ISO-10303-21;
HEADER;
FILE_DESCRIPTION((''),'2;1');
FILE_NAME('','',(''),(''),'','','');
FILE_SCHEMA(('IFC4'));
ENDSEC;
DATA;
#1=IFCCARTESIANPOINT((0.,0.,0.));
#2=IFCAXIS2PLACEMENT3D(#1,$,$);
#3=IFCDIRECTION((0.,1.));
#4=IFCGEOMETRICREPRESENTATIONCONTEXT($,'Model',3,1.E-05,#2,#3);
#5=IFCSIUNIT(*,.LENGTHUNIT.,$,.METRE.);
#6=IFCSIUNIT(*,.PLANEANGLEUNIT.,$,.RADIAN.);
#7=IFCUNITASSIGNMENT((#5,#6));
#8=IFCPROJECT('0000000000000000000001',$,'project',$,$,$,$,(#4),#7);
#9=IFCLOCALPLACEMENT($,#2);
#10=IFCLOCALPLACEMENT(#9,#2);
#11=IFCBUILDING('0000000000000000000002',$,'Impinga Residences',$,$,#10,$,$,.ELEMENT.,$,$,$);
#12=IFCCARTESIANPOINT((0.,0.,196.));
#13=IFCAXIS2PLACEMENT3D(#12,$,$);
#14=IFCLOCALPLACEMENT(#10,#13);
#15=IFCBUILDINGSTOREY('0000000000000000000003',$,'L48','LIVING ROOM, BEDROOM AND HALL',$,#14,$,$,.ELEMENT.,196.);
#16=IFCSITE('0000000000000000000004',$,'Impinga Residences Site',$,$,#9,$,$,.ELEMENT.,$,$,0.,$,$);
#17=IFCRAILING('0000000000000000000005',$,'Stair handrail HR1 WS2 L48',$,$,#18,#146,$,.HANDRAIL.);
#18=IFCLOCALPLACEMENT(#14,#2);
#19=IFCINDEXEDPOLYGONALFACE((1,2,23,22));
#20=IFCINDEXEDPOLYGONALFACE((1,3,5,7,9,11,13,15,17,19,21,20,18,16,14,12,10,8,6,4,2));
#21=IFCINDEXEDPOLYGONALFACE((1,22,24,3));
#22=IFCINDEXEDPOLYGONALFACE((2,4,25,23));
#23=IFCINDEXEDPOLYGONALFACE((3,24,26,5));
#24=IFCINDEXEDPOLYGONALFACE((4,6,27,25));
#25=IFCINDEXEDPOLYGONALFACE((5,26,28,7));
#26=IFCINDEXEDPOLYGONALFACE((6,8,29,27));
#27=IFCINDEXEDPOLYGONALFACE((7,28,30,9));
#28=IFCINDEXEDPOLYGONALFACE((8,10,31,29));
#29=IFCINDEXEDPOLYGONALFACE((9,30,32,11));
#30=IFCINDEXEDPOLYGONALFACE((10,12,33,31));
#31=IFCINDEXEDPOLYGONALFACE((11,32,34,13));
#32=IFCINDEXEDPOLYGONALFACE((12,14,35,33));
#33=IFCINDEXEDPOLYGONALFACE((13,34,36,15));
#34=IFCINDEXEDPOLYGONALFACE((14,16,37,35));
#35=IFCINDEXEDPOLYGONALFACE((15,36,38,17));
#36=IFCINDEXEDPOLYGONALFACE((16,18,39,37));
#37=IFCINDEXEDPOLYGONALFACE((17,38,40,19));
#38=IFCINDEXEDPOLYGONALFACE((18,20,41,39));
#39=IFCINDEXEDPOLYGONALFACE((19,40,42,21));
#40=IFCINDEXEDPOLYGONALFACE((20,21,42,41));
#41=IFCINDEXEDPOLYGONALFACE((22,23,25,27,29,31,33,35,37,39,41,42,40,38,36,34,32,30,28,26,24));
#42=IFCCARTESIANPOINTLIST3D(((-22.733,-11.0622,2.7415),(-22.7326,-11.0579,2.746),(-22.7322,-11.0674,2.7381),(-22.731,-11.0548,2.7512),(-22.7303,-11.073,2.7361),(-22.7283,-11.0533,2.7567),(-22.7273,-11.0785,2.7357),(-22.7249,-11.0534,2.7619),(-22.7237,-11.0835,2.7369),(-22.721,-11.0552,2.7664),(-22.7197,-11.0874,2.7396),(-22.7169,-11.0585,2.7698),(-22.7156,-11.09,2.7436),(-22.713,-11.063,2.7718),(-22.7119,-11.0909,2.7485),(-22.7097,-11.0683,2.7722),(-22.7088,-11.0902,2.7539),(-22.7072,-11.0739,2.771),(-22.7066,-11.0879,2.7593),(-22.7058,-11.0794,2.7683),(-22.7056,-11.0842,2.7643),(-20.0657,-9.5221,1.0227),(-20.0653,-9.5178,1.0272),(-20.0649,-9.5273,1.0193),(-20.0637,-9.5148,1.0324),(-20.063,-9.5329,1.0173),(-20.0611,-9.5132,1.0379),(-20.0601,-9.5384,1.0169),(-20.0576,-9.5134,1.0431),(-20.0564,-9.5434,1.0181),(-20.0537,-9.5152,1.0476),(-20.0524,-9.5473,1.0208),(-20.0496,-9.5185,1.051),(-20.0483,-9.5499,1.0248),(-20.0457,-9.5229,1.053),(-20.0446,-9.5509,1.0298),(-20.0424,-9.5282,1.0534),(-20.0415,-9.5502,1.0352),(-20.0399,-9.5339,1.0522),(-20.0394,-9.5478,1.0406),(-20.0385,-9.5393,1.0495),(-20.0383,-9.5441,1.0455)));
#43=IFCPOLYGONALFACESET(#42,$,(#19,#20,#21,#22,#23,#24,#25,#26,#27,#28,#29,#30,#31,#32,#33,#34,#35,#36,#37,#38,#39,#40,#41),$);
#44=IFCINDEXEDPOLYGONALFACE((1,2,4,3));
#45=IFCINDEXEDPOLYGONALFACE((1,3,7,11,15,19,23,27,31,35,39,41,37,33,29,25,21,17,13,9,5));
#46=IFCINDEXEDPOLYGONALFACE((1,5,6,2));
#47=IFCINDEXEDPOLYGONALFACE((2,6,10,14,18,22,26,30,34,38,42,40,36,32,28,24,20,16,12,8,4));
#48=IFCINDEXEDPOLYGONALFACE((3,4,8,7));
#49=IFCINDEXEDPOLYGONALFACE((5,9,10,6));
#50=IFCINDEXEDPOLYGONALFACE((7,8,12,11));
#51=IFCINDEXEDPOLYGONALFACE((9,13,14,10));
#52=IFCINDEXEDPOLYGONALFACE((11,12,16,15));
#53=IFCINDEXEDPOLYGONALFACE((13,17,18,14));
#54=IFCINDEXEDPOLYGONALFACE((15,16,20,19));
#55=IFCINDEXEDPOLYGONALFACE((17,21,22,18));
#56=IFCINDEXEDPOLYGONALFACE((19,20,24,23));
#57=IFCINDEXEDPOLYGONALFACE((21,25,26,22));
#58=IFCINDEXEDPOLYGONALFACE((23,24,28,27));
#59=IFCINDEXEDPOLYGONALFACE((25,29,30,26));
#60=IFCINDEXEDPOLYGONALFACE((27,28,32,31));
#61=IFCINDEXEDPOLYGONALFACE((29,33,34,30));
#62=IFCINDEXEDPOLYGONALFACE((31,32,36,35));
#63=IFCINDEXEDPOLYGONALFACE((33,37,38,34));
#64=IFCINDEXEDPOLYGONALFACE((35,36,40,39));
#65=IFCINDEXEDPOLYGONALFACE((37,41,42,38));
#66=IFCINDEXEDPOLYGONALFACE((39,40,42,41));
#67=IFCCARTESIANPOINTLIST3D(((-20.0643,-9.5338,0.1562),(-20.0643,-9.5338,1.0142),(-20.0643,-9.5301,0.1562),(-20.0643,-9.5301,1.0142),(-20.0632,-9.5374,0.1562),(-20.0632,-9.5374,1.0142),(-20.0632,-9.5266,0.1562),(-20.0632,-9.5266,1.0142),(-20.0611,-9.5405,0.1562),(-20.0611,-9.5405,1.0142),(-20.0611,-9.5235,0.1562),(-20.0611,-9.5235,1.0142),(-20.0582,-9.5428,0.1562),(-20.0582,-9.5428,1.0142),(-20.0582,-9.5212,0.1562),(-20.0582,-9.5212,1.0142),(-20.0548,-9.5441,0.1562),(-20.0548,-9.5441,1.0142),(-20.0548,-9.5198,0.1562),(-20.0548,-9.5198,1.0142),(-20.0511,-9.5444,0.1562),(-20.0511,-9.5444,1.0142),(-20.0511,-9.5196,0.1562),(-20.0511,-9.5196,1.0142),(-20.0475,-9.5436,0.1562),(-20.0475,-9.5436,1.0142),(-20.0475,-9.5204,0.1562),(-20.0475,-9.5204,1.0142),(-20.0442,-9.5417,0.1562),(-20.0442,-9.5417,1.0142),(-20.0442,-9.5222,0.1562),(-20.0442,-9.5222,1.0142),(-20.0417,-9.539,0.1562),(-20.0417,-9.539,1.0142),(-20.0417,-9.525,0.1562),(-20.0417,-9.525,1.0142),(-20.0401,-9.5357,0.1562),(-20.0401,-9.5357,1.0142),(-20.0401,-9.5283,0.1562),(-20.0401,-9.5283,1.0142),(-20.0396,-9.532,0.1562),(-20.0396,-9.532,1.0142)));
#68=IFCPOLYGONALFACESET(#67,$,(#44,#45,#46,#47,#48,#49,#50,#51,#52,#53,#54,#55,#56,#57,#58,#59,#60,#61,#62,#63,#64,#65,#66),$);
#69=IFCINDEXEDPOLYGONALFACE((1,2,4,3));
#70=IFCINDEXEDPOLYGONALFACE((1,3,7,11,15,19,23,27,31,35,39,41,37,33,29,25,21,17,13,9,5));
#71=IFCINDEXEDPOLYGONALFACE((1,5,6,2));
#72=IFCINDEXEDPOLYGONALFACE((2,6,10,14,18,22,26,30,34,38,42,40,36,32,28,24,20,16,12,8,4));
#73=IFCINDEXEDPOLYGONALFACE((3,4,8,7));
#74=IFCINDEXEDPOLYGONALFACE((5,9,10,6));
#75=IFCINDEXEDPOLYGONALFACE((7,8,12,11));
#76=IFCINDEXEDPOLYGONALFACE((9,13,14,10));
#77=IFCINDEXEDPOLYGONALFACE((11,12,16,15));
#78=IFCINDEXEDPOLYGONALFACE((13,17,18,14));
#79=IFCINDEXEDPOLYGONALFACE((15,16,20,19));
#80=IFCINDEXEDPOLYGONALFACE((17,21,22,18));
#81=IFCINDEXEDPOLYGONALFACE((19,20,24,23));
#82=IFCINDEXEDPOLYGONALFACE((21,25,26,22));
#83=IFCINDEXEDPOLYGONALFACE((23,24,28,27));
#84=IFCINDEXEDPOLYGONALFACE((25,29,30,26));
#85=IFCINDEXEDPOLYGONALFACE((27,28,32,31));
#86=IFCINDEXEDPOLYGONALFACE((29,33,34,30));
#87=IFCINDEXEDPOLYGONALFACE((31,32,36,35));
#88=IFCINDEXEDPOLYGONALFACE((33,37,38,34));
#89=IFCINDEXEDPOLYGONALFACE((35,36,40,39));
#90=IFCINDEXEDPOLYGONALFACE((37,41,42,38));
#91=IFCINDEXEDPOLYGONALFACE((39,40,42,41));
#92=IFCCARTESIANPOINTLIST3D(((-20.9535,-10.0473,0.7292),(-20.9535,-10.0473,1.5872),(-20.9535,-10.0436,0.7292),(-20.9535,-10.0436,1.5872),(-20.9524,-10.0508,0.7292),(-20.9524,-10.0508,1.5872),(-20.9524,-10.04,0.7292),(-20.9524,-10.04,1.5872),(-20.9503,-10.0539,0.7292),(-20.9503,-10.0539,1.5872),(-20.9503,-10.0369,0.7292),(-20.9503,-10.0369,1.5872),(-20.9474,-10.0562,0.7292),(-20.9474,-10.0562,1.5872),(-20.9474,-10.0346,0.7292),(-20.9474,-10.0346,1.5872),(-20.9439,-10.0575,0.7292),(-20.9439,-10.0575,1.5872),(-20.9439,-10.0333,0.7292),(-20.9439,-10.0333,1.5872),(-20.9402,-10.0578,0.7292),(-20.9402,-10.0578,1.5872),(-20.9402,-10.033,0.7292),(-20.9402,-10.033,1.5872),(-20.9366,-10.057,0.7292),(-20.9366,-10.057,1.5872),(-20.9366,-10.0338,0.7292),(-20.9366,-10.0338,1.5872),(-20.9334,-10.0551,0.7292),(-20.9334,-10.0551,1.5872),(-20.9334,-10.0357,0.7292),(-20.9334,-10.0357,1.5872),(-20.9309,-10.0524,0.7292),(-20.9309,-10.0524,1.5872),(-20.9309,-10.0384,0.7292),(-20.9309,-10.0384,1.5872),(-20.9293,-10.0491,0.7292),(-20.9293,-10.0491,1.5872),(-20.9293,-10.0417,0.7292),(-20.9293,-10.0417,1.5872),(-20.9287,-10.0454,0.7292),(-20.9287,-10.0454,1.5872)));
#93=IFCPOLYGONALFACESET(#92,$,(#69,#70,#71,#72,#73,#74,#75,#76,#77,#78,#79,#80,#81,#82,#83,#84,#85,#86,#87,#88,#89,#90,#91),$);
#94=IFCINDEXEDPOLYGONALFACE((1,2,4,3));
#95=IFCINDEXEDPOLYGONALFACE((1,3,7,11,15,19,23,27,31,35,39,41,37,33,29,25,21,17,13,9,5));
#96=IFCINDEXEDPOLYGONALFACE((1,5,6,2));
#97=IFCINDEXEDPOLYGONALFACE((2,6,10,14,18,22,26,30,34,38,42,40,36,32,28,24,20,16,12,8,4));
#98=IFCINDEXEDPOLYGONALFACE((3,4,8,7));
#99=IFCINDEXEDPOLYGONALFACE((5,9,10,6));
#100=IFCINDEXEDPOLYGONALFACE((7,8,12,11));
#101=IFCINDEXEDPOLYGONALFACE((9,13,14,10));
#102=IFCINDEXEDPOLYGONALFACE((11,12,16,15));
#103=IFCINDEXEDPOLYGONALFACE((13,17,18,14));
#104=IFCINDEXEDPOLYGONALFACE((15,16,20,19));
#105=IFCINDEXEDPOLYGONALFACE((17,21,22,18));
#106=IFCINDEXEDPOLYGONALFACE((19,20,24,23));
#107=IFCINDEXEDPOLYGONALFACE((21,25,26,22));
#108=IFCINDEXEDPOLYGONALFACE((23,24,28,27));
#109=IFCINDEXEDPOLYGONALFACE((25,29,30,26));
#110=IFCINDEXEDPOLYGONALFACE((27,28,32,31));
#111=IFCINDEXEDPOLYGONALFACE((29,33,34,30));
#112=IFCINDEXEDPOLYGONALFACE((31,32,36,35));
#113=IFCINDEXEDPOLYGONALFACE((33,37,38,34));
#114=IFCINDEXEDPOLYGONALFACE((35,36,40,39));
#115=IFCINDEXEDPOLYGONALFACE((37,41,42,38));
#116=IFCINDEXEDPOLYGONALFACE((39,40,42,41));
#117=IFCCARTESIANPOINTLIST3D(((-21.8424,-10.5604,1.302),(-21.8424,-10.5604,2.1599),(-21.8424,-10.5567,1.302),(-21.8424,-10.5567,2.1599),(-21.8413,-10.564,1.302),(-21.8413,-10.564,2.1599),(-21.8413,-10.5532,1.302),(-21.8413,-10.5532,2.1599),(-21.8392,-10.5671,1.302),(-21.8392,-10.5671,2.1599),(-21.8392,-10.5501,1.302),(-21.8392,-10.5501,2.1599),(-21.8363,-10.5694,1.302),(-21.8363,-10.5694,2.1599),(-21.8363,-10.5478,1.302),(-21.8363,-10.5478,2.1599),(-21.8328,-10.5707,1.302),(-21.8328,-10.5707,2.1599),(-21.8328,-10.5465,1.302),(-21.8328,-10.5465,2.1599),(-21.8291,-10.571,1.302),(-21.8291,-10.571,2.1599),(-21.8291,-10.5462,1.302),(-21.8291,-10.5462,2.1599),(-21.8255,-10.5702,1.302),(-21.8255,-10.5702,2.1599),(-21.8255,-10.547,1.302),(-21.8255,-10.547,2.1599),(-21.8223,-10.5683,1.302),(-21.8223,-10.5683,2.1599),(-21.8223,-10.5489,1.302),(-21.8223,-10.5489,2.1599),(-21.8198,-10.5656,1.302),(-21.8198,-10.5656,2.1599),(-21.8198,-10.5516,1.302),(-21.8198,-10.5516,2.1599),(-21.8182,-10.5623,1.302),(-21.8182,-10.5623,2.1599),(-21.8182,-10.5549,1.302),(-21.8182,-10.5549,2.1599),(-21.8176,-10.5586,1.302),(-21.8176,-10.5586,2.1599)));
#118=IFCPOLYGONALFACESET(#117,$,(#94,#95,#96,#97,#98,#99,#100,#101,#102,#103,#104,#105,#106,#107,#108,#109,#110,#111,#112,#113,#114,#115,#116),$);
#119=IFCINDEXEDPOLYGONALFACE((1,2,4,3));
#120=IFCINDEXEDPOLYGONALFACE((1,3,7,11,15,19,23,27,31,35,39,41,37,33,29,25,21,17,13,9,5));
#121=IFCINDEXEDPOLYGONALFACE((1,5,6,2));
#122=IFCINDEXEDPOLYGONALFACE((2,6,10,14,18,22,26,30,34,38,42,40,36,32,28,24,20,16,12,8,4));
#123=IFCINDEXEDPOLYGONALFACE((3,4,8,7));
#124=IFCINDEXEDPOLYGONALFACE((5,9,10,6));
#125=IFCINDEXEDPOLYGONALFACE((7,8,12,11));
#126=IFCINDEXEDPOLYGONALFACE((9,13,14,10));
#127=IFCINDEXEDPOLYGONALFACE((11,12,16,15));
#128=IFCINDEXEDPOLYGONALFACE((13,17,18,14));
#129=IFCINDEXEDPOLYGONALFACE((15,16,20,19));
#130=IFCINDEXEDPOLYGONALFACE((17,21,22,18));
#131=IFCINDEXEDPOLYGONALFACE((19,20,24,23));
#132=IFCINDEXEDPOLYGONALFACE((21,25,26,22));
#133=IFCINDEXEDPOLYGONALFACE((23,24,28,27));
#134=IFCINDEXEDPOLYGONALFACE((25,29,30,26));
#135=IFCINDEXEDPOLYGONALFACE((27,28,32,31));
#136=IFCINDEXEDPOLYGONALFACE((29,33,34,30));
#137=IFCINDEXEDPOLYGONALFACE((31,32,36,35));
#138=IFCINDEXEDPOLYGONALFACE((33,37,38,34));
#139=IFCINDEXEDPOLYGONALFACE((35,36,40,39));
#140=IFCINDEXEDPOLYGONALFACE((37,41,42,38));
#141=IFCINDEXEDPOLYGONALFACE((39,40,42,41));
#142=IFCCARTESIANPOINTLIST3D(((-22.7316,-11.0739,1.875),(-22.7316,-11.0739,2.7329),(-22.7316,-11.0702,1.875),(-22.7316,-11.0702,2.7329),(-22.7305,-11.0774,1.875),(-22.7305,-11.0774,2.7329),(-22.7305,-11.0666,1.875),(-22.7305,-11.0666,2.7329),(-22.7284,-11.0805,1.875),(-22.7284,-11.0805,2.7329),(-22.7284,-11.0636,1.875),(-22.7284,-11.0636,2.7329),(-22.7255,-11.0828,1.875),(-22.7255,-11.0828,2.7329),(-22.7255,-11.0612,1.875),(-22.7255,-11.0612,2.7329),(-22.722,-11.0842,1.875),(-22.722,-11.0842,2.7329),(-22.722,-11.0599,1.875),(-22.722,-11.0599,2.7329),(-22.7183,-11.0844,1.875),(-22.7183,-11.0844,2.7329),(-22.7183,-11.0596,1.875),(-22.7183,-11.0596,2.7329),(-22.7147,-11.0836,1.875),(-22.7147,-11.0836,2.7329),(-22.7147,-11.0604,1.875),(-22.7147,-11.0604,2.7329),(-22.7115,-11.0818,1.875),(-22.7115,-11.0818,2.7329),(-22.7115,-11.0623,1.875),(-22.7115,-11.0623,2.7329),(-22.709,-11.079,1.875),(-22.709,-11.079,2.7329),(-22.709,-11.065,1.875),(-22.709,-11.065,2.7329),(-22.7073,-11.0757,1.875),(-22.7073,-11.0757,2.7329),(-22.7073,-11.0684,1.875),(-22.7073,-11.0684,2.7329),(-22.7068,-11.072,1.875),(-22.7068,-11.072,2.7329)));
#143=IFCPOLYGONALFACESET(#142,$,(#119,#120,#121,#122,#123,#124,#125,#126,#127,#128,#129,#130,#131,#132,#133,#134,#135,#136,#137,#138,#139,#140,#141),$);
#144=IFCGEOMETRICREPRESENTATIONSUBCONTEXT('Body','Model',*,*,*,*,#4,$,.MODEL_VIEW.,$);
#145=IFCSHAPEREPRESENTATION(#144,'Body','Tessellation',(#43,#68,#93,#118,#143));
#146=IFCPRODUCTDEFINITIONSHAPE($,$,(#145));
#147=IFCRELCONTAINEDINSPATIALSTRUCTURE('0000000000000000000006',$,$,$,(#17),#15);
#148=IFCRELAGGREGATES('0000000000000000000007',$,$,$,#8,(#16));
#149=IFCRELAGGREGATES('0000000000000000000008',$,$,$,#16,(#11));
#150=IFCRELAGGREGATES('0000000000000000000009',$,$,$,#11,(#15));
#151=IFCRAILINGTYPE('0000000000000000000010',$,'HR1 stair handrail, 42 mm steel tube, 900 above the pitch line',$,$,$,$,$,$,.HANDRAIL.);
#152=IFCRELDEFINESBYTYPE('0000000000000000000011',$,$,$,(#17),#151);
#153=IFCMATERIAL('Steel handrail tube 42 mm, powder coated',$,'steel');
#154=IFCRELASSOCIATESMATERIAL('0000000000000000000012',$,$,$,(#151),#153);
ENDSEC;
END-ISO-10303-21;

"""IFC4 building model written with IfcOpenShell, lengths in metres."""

from ifc_helpers import new_model, si_unit, direction, frame, origin, origin_2d, place, context, subcontext, project, spatial, circle, extrude, material, type_object, element, save


model = new_model("IFC4")

# Units and contexts
model_context = context("Model", 3, precision=1e-05, world=origin(), true_north=direction((0.0, 1.0)))
body_context = subcontext(model_context, "Body", "Model", "MODEL_VIEW")
ifc_project = project(units=[si_unit("LENGTHUNIT", "METRE"), si_unit("PLANEANGLEUNIT", "RADIAN")], contexts=[model_context])

# Site, building, storey
site_placement = place(None, origin())
site = spatial("IfcSite", under=ifc_project, at=site_placement, Name="Impinga Residences Site", CompositionType="ELEMENT", RefElevation=0.0)
building_placement = place(site_placement, origin())
building = spatial("IfcBuilding", under=site, at=building_placement, Name="Impinga Residences", CompositionType="ELEMENT")
storey_placement = place(building_placement, frame((0.0, 0.0, 196.0)))
storey = spatial("IfcBuildingStorey", under=building, at=storey_placement, Name="L48", Description="LIVING ROOM, BEDROOM AND HALL", CompositionType="ELEMENT", Elevation=196.0)

# Railing
ifc_material_1 = material(Name="Steel handrail tube 42 mm, powder coated", Category="steel")
railing_type_1 = type_object("IfcRailingType", Name="HR1 stair handrail, 42 mm steel tube, 900 above the pitch line", PredefinedType="HANDRAIL", material=ifc_material_1)
railing_1_placement = place(storey_placement, frame((-20.052, -9.532, 0.1562)))
element("IfcRailing", 1, at=railing_1_placement, inside=storey, type_object=railing_type_1, Name="Stair handrail HR1 WS2 L48", PredefinedType="HANDRAIL", context=body_context, shape_type="SweptSolid", body=[
    extrude(circle(Radius=0.021, at=origin_2d()), frame((0.0, 0.0, 0.8789), z_axis=(-0.756226, -0.436639, 0.487307), x_axis=(0.500027, -0.86601, 0.0)), (0.0, 0.0, 1.0), 3.5271),
    extrude(circle(Radius=0.0125, at=origin_2d()), origin(), (0.0, 0.0, 1.0), 0.8579),
    extrude(circle(Radius=0.0125, at=origin_2d()), frame((-0.8892, -0.5134, 0.573)), (0.0, 0.0, 1.0), 0.8579),
    extrude(circle(Radius=0.0125, at=origin_2d()), frame((-1.7781, -1.0266, 1.1458)), (0.0, 0.0, 1.0), 0.8579),
    extrude(circle(Radius=0.0125, at=origin_2d()), frame((-2.6672, -1.54, 1.7188)), (0.0, 0.0, 1.0), 0.8579),
])

save(model, "model.ifc")
